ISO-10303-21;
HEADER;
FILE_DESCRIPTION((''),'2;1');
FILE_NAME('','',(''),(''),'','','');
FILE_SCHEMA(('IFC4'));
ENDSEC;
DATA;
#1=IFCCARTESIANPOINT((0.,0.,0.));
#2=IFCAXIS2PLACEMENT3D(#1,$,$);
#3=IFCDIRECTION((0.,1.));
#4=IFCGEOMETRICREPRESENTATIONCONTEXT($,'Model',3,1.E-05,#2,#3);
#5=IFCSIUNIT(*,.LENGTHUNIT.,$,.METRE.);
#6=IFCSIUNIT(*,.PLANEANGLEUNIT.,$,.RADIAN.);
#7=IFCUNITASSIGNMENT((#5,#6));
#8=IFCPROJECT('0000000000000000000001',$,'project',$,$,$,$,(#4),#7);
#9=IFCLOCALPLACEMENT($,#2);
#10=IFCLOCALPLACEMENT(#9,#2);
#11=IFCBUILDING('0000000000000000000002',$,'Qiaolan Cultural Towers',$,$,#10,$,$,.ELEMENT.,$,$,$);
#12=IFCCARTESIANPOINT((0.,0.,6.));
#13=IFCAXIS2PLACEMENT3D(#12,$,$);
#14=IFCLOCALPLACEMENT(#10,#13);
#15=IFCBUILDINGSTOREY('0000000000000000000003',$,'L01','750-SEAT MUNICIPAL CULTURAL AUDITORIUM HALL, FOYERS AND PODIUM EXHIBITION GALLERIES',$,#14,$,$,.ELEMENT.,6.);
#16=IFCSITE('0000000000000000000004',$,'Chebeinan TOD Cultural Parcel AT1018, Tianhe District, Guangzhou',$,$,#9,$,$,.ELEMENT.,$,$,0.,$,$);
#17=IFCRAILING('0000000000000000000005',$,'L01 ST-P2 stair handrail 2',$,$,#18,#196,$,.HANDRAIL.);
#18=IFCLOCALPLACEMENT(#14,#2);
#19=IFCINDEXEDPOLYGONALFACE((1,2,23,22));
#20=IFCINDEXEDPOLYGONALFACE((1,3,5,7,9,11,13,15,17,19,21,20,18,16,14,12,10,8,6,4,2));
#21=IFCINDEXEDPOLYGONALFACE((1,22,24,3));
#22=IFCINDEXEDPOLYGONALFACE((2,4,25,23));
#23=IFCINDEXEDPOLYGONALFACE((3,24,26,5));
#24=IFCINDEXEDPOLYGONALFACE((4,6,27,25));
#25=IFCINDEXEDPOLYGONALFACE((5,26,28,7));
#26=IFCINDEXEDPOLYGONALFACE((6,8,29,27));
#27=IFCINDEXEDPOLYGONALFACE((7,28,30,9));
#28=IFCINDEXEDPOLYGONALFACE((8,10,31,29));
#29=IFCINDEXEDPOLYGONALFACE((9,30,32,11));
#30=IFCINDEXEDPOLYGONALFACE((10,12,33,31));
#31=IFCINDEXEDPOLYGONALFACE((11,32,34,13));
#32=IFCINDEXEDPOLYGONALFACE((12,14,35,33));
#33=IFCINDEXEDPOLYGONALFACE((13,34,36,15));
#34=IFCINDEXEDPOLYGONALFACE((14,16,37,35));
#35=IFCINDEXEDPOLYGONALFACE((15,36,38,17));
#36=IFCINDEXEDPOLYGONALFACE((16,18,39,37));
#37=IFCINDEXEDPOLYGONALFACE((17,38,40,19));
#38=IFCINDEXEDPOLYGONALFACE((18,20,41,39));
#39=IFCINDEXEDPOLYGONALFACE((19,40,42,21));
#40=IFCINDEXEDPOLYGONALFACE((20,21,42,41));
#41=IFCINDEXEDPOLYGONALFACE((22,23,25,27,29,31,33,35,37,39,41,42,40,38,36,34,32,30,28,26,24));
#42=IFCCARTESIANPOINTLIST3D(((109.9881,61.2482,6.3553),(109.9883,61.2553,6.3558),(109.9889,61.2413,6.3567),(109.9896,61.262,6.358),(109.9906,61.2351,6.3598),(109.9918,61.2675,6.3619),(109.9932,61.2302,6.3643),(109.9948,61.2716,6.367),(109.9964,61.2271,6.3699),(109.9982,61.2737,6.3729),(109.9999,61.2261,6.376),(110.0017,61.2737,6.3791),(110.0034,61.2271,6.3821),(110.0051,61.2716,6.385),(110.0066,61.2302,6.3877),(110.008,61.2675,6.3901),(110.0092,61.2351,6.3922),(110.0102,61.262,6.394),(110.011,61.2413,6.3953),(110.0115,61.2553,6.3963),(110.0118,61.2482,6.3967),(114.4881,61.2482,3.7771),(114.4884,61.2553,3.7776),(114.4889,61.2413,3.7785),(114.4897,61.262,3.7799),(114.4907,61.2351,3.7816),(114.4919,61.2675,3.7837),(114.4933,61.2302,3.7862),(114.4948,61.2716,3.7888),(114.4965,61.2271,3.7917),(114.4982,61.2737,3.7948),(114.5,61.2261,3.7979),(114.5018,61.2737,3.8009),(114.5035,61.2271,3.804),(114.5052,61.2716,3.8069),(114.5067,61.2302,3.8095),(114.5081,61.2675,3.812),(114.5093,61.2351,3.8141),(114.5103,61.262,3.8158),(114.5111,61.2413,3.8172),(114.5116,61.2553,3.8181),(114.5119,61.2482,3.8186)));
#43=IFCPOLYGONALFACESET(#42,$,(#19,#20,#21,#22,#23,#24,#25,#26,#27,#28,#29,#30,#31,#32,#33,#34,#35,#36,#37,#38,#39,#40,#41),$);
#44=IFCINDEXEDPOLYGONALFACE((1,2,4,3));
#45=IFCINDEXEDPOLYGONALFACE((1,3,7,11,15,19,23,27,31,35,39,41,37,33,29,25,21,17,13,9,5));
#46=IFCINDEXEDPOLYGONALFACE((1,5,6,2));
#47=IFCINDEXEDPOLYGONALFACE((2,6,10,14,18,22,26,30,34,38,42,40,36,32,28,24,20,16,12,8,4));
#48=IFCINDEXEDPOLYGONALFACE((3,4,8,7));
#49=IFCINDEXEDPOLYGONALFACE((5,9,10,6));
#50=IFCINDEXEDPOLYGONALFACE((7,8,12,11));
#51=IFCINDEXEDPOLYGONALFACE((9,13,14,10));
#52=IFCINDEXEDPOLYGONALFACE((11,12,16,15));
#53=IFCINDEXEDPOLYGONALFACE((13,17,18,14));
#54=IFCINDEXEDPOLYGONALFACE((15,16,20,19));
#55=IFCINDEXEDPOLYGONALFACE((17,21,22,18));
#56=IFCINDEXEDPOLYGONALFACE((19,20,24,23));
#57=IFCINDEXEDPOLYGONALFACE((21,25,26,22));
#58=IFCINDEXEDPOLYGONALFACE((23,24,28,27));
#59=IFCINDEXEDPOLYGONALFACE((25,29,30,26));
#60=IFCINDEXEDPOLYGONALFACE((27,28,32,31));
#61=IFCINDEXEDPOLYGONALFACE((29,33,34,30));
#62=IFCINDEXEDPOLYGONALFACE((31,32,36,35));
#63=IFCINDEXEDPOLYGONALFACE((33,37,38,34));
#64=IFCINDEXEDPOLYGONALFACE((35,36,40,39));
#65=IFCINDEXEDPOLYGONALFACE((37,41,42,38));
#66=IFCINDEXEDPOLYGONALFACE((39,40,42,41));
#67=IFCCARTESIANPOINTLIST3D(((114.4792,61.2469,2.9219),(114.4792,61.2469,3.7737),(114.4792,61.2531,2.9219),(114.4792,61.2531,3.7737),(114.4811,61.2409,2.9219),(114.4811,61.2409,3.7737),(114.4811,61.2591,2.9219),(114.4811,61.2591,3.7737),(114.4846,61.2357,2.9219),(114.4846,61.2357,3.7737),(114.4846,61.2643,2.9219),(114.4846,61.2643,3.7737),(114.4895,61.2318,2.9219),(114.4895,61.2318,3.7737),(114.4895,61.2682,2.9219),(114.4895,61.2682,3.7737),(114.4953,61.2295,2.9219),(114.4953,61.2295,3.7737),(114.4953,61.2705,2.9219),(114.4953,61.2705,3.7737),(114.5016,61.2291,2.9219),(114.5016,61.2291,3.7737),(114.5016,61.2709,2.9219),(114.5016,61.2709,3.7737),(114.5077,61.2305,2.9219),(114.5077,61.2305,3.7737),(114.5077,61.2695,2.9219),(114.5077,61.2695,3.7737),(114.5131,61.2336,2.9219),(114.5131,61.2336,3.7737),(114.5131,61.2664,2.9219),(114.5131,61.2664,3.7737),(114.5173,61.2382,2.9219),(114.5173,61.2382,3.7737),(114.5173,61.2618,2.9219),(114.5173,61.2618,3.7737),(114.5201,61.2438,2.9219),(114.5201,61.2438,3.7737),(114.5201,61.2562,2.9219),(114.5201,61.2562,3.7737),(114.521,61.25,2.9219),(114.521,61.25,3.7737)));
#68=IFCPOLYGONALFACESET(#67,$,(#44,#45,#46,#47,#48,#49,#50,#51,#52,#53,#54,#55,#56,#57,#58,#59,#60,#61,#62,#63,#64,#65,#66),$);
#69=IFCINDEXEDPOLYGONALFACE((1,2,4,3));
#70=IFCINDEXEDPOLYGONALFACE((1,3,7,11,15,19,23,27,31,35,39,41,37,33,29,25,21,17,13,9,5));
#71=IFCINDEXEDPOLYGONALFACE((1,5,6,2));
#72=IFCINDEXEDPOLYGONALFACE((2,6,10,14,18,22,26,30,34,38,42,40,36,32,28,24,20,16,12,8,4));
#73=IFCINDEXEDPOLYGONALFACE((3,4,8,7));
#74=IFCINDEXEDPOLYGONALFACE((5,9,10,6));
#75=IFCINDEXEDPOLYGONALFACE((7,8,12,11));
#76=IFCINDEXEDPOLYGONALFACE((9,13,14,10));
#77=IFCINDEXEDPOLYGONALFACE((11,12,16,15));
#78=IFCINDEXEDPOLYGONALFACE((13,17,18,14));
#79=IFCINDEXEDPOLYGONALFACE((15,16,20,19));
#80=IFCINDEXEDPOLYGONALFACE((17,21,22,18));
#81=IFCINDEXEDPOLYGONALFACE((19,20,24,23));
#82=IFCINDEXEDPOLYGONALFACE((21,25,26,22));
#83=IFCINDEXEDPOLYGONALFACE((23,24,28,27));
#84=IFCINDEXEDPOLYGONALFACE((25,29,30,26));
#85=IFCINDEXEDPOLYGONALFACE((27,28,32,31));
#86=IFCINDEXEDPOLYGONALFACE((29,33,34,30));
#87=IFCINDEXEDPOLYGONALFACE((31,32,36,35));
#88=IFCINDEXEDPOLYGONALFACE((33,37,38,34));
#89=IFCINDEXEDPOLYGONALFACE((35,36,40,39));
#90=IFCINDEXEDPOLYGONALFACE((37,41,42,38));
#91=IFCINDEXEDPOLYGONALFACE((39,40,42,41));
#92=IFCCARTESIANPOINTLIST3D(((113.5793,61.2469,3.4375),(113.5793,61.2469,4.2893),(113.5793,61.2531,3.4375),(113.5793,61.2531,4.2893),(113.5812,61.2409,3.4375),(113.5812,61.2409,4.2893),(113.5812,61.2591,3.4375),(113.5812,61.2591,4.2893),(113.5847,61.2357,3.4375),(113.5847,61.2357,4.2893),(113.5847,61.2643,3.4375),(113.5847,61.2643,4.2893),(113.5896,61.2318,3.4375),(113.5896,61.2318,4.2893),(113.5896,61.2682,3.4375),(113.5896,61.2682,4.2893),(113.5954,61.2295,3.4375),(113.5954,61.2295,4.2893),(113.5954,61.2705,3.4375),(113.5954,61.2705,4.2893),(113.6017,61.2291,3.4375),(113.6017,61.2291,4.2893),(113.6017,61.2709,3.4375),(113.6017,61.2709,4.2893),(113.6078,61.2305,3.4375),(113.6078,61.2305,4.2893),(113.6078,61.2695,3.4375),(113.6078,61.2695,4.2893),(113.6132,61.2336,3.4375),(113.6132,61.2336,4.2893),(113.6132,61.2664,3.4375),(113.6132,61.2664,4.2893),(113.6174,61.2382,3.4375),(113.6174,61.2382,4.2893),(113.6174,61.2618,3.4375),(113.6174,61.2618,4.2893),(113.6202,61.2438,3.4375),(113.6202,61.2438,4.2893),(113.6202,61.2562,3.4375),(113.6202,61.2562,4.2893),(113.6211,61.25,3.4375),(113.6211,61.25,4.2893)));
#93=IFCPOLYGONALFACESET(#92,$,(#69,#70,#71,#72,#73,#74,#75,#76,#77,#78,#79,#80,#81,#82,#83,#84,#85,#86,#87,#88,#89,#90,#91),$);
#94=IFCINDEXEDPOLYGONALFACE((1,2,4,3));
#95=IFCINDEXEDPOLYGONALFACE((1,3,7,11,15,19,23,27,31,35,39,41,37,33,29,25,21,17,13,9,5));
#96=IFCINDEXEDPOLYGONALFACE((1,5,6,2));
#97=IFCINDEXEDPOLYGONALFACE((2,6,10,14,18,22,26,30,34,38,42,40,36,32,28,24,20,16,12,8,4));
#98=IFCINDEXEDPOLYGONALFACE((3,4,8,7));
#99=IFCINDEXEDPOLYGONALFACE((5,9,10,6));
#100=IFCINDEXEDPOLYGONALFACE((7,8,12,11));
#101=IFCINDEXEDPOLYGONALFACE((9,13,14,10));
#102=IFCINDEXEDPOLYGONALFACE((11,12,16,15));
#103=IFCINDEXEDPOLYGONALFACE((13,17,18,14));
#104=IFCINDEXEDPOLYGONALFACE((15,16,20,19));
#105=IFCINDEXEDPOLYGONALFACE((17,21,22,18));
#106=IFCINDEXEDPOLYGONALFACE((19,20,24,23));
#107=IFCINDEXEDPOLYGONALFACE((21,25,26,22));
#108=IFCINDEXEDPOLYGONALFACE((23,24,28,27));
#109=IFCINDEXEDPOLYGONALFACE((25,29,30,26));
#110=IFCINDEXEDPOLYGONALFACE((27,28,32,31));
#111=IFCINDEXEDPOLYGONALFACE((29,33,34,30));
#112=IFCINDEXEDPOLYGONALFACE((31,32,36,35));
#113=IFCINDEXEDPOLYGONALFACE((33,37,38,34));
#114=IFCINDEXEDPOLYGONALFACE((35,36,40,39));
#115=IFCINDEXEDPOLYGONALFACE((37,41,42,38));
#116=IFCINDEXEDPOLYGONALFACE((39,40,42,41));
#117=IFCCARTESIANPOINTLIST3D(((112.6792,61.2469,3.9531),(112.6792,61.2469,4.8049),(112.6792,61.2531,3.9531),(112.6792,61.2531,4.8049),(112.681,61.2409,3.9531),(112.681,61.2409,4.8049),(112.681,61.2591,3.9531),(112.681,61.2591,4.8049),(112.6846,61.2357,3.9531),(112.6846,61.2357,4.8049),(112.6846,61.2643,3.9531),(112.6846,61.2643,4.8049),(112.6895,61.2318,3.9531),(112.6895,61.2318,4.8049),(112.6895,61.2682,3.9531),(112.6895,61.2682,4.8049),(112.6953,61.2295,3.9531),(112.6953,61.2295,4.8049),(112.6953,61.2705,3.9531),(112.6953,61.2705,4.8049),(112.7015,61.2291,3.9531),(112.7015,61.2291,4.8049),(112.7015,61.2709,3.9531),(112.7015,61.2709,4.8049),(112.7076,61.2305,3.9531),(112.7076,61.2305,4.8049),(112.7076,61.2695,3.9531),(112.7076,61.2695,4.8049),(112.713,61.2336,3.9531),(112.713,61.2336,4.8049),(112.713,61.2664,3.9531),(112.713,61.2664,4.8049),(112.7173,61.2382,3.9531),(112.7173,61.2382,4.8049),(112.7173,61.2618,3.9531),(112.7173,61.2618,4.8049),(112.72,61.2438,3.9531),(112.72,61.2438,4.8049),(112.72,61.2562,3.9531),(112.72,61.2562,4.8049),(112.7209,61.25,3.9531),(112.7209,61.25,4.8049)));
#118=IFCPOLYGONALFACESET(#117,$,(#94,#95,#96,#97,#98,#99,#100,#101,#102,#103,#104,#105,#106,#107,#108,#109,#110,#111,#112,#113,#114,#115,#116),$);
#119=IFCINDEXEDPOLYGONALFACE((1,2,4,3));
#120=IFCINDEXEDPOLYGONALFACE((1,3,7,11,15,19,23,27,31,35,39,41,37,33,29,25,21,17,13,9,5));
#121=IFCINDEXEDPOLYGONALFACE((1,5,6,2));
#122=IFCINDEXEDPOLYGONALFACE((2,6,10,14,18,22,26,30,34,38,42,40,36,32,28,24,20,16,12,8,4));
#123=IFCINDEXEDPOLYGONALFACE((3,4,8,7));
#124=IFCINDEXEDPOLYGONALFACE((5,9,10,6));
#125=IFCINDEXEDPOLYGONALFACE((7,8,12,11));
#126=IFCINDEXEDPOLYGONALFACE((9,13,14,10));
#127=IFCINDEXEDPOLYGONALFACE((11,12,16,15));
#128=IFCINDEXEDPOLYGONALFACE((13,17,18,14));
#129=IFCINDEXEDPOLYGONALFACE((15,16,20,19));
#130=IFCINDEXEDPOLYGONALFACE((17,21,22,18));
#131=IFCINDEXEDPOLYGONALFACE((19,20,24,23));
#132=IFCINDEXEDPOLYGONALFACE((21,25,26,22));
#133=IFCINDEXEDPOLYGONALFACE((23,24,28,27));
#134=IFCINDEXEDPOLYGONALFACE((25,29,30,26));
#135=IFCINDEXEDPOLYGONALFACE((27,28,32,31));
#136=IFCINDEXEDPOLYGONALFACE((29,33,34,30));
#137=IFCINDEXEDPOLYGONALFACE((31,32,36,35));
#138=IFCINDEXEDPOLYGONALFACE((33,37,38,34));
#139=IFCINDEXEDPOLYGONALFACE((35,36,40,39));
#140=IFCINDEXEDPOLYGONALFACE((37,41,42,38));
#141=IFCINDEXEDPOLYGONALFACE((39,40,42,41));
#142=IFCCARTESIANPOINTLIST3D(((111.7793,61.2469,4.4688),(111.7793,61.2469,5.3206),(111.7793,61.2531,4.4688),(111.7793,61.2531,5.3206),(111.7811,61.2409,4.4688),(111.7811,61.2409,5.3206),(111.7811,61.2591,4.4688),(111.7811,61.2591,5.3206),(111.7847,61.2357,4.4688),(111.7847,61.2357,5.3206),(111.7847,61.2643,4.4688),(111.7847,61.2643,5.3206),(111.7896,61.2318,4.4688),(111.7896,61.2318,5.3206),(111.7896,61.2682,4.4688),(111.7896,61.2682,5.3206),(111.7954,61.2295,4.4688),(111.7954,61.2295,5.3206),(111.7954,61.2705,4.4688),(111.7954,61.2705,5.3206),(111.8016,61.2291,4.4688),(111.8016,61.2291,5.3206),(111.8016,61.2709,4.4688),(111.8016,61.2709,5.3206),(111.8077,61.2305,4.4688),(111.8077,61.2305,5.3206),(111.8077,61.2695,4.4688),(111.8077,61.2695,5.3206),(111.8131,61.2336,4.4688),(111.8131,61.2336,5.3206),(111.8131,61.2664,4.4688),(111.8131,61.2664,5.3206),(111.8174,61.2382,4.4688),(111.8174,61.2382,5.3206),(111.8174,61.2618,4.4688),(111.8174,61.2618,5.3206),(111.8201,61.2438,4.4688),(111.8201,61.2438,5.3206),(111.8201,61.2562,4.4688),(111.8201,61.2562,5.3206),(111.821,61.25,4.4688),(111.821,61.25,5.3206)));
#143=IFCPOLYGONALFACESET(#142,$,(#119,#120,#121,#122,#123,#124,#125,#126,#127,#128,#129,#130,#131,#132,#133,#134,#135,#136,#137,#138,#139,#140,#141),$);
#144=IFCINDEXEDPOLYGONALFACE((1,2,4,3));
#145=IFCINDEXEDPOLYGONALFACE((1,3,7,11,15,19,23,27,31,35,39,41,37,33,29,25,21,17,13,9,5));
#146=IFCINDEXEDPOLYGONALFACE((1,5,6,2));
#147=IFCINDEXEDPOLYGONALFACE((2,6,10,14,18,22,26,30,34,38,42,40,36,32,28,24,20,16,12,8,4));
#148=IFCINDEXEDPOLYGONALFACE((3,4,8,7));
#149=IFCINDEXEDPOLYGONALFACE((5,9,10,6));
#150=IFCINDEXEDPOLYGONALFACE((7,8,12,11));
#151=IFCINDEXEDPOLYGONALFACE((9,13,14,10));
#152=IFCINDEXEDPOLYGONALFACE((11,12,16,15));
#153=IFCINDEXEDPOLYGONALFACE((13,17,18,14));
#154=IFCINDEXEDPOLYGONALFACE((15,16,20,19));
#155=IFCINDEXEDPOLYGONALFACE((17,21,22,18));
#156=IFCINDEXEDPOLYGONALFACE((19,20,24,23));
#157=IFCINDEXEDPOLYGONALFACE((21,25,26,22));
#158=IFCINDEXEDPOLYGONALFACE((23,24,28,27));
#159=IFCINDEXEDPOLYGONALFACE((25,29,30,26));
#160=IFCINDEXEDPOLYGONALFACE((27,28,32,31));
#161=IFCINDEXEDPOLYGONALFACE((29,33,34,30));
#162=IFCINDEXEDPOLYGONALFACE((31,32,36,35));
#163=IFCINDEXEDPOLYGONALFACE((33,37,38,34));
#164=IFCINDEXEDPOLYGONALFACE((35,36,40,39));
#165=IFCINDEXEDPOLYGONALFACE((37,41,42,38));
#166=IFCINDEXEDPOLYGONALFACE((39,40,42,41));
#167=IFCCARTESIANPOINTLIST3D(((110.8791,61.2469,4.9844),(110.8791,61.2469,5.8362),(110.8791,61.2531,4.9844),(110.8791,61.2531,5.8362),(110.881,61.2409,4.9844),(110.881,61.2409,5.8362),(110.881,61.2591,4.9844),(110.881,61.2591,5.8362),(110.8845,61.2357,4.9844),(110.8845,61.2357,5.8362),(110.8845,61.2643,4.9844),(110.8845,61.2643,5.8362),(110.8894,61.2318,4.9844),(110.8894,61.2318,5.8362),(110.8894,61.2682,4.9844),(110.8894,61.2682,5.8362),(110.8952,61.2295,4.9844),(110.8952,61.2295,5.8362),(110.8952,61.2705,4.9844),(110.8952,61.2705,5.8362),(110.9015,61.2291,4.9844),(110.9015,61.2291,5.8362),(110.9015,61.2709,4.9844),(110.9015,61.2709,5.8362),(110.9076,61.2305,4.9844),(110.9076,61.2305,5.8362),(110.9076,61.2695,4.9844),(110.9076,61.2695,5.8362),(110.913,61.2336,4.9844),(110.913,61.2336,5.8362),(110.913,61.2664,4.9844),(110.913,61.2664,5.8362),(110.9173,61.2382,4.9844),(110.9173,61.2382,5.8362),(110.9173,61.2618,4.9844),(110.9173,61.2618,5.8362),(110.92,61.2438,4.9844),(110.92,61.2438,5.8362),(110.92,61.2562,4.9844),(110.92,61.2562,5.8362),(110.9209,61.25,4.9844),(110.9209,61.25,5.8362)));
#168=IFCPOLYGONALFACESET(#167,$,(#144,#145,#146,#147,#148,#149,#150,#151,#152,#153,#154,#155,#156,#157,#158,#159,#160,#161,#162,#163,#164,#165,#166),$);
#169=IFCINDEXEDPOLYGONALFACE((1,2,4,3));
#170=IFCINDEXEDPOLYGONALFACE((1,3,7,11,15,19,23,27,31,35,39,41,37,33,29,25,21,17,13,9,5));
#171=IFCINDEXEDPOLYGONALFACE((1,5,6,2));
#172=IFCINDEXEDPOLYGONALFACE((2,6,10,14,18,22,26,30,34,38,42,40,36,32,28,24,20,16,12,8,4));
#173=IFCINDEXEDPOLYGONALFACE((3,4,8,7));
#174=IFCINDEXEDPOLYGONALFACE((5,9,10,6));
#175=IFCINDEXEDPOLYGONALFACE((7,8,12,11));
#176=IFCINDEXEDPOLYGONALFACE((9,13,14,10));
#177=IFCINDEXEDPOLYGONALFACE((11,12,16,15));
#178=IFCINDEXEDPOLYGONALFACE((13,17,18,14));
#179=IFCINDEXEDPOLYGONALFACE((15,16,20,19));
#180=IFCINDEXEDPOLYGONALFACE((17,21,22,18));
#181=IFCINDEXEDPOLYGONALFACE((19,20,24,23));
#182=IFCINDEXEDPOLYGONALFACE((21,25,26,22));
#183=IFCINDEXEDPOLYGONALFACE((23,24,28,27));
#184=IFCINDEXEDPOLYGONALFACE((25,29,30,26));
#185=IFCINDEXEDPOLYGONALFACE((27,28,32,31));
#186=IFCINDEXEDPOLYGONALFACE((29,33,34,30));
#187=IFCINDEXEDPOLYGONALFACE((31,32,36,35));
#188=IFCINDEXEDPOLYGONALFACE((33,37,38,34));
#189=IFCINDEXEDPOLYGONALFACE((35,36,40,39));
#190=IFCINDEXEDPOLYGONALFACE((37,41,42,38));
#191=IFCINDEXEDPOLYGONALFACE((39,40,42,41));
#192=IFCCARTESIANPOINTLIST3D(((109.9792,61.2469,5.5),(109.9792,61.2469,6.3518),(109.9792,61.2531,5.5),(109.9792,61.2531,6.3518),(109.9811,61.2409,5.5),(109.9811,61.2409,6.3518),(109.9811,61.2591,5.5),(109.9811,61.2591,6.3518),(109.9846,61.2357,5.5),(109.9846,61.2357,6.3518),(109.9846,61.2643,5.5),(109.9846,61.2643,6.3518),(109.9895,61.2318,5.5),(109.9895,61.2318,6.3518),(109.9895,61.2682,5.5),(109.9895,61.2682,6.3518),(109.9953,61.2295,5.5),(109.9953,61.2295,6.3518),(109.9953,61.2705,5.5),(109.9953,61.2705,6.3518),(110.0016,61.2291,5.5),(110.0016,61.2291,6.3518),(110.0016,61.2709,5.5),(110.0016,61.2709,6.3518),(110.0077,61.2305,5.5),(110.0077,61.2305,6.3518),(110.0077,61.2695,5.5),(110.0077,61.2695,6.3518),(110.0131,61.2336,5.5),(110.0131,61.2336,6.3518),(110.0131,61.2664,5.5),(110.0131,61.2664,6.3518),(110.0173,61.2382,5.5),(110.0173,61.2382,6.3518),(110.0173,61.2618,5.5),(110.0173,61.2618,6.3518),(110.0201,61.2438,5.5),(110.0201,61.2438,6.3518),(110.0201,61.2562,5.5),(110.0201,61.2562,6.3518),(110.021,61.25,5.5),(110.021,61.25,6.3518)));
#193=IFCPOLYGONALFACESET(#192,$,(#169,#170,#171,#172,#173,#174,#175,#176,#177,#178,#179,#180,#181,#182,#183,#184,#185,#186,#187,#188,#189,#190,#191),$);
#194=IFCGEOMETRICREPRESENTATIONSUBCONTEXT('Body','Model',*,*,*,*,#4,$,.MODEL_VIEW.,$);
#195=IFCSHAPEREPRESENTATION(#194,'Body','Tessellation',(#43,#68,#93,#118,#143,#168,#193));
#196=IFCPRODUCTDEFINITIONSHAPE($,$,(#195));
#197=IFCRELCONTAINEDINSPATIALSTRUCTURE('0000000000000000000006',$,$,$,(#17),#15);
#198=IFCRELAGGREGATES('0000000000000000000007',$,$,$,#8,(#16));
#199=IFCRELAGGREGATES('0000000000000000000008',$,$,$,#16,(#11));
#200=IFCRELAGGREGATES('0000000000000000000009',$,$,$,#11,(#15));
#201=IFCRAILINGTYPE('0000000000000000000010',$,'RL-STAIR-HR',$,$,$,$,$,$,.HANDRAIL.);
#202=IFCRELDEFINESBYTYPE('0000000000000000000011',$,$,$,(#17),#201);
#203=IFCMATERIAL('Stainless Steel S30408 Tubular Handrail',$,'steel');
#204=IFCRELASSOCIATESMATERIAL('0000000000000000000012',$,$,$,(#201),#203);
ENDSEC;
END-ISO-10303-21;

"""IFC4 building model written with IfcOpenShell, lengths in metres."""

from ifc_helpers import new_model, si_unit, direction, frame, origin, origin_2d, place, context, subcontext, project, spatial, circle, extrude, material, type_object, element, save


model = new_model("IFC4")

# Units and contexts
model_context = context("Model", 3, precision=1e-05, world=origin(), true_north=direction((0.0, 1.0)))
body_context = subcontext(model_context, "Body", "Model", "MODEL_VIEW")
ifc_project = project(units=[si_unit("LENGTHUNIT", "METRE"), si_unit("PLANEANGLEUNIT", "RADIAN")], contexts=[model_context])

# Site, building, storey
site_placement = place(None, origin())
site = spatial("IfcSite", under=ifc_project, at=site_placement, Name="Chebeinan TOD Cultural Parcel AT1018, Tianhe District, Guangzhou", CompositionType="ELEMENT", RefElevation=0.0)
building_placement = place(site_placement, origin())
building = spatial("IfcBuilding", under=site, at=building_placement, Name="Qiaolan Cultural Towers", CompositionType="ELEMENT")
storey_placement = place(building_placement, frame((0.0, 0.0, 6.0)))
storey = spatial("IfcBuildingStorey", under=building, at=storey_placement, Name="L01", Description="750-SEAT MUNICIPAL CULTURAL AUDITORIUM HALL, FOYERS AND PODIUM EXHIBITION GALLERIES", CompositionType="ELEMENT", Elevation=6.0)

# Railing
ifc_material_1 = material(Name="Stainless Steel S30408 Tubular Handrail", Category="steel")
railing_type_1 = type_object("IfcRailingType", Name="RL-STAIR-HR", PredefinedType="HANDRAIL", material=ifc_material_1)
railing_1_placement = place(storey_placement, frame((114.5, 61.25, 2.9219)))
element("IfcRailing", 1, at=railing_1_placement, inside=storey, type_object=railing_type_1, Name="L01 ST-P2 stair handrail 2", PredefinedType="HANDRAIL", context=body_context, shape_type="SweptSolid", body=[
    extrude(circle(Radius=0.0239, at=origin_2d()), frame((0.0, 0.0, 0.876), z_axis=(-0.867686, 0.0, 0.497112), x_axis=(0.0, -1.0, 0.0)), (0.0, 0.0, 1.0), 5.1863),
    extrude(circle(Radius=0.021, at=origin_2d()), origin(), (0.0, 0.0, 1.0), 0.8518),
    extrude(circle(Radius=0.021, at=origin_2d()), frame((-0.8999, 0.0, 0.5156)), (0.0, 0.0, 1.0), 0.8518),
    extrude(circle(Radius=0.021, at=origin_2d()), frame((-1.8, 0.0, 1.0312)), (0.0, 0.0, 1.0), 0.8518),
    extrude(circle(Radius=0.021, at=origin_2d()), frame((-2.7, 0.0, 1.5469)), (0.0, 0.0, 1.0), 0.8518),
    extrude(circle(Radius=0.021, at=origin_2d()), frame((-3.6001, 0.0, 2.0625)), (0.0, 0.0, 1.0), 0.8518),
    extrude(circle(Radius=0.021, at=origin_2d()), frame((-4.5, 0.0, 2.5781)), (0.0, 0.0, 1.0), 0.8518),
])

save(model, "model.ifc")
